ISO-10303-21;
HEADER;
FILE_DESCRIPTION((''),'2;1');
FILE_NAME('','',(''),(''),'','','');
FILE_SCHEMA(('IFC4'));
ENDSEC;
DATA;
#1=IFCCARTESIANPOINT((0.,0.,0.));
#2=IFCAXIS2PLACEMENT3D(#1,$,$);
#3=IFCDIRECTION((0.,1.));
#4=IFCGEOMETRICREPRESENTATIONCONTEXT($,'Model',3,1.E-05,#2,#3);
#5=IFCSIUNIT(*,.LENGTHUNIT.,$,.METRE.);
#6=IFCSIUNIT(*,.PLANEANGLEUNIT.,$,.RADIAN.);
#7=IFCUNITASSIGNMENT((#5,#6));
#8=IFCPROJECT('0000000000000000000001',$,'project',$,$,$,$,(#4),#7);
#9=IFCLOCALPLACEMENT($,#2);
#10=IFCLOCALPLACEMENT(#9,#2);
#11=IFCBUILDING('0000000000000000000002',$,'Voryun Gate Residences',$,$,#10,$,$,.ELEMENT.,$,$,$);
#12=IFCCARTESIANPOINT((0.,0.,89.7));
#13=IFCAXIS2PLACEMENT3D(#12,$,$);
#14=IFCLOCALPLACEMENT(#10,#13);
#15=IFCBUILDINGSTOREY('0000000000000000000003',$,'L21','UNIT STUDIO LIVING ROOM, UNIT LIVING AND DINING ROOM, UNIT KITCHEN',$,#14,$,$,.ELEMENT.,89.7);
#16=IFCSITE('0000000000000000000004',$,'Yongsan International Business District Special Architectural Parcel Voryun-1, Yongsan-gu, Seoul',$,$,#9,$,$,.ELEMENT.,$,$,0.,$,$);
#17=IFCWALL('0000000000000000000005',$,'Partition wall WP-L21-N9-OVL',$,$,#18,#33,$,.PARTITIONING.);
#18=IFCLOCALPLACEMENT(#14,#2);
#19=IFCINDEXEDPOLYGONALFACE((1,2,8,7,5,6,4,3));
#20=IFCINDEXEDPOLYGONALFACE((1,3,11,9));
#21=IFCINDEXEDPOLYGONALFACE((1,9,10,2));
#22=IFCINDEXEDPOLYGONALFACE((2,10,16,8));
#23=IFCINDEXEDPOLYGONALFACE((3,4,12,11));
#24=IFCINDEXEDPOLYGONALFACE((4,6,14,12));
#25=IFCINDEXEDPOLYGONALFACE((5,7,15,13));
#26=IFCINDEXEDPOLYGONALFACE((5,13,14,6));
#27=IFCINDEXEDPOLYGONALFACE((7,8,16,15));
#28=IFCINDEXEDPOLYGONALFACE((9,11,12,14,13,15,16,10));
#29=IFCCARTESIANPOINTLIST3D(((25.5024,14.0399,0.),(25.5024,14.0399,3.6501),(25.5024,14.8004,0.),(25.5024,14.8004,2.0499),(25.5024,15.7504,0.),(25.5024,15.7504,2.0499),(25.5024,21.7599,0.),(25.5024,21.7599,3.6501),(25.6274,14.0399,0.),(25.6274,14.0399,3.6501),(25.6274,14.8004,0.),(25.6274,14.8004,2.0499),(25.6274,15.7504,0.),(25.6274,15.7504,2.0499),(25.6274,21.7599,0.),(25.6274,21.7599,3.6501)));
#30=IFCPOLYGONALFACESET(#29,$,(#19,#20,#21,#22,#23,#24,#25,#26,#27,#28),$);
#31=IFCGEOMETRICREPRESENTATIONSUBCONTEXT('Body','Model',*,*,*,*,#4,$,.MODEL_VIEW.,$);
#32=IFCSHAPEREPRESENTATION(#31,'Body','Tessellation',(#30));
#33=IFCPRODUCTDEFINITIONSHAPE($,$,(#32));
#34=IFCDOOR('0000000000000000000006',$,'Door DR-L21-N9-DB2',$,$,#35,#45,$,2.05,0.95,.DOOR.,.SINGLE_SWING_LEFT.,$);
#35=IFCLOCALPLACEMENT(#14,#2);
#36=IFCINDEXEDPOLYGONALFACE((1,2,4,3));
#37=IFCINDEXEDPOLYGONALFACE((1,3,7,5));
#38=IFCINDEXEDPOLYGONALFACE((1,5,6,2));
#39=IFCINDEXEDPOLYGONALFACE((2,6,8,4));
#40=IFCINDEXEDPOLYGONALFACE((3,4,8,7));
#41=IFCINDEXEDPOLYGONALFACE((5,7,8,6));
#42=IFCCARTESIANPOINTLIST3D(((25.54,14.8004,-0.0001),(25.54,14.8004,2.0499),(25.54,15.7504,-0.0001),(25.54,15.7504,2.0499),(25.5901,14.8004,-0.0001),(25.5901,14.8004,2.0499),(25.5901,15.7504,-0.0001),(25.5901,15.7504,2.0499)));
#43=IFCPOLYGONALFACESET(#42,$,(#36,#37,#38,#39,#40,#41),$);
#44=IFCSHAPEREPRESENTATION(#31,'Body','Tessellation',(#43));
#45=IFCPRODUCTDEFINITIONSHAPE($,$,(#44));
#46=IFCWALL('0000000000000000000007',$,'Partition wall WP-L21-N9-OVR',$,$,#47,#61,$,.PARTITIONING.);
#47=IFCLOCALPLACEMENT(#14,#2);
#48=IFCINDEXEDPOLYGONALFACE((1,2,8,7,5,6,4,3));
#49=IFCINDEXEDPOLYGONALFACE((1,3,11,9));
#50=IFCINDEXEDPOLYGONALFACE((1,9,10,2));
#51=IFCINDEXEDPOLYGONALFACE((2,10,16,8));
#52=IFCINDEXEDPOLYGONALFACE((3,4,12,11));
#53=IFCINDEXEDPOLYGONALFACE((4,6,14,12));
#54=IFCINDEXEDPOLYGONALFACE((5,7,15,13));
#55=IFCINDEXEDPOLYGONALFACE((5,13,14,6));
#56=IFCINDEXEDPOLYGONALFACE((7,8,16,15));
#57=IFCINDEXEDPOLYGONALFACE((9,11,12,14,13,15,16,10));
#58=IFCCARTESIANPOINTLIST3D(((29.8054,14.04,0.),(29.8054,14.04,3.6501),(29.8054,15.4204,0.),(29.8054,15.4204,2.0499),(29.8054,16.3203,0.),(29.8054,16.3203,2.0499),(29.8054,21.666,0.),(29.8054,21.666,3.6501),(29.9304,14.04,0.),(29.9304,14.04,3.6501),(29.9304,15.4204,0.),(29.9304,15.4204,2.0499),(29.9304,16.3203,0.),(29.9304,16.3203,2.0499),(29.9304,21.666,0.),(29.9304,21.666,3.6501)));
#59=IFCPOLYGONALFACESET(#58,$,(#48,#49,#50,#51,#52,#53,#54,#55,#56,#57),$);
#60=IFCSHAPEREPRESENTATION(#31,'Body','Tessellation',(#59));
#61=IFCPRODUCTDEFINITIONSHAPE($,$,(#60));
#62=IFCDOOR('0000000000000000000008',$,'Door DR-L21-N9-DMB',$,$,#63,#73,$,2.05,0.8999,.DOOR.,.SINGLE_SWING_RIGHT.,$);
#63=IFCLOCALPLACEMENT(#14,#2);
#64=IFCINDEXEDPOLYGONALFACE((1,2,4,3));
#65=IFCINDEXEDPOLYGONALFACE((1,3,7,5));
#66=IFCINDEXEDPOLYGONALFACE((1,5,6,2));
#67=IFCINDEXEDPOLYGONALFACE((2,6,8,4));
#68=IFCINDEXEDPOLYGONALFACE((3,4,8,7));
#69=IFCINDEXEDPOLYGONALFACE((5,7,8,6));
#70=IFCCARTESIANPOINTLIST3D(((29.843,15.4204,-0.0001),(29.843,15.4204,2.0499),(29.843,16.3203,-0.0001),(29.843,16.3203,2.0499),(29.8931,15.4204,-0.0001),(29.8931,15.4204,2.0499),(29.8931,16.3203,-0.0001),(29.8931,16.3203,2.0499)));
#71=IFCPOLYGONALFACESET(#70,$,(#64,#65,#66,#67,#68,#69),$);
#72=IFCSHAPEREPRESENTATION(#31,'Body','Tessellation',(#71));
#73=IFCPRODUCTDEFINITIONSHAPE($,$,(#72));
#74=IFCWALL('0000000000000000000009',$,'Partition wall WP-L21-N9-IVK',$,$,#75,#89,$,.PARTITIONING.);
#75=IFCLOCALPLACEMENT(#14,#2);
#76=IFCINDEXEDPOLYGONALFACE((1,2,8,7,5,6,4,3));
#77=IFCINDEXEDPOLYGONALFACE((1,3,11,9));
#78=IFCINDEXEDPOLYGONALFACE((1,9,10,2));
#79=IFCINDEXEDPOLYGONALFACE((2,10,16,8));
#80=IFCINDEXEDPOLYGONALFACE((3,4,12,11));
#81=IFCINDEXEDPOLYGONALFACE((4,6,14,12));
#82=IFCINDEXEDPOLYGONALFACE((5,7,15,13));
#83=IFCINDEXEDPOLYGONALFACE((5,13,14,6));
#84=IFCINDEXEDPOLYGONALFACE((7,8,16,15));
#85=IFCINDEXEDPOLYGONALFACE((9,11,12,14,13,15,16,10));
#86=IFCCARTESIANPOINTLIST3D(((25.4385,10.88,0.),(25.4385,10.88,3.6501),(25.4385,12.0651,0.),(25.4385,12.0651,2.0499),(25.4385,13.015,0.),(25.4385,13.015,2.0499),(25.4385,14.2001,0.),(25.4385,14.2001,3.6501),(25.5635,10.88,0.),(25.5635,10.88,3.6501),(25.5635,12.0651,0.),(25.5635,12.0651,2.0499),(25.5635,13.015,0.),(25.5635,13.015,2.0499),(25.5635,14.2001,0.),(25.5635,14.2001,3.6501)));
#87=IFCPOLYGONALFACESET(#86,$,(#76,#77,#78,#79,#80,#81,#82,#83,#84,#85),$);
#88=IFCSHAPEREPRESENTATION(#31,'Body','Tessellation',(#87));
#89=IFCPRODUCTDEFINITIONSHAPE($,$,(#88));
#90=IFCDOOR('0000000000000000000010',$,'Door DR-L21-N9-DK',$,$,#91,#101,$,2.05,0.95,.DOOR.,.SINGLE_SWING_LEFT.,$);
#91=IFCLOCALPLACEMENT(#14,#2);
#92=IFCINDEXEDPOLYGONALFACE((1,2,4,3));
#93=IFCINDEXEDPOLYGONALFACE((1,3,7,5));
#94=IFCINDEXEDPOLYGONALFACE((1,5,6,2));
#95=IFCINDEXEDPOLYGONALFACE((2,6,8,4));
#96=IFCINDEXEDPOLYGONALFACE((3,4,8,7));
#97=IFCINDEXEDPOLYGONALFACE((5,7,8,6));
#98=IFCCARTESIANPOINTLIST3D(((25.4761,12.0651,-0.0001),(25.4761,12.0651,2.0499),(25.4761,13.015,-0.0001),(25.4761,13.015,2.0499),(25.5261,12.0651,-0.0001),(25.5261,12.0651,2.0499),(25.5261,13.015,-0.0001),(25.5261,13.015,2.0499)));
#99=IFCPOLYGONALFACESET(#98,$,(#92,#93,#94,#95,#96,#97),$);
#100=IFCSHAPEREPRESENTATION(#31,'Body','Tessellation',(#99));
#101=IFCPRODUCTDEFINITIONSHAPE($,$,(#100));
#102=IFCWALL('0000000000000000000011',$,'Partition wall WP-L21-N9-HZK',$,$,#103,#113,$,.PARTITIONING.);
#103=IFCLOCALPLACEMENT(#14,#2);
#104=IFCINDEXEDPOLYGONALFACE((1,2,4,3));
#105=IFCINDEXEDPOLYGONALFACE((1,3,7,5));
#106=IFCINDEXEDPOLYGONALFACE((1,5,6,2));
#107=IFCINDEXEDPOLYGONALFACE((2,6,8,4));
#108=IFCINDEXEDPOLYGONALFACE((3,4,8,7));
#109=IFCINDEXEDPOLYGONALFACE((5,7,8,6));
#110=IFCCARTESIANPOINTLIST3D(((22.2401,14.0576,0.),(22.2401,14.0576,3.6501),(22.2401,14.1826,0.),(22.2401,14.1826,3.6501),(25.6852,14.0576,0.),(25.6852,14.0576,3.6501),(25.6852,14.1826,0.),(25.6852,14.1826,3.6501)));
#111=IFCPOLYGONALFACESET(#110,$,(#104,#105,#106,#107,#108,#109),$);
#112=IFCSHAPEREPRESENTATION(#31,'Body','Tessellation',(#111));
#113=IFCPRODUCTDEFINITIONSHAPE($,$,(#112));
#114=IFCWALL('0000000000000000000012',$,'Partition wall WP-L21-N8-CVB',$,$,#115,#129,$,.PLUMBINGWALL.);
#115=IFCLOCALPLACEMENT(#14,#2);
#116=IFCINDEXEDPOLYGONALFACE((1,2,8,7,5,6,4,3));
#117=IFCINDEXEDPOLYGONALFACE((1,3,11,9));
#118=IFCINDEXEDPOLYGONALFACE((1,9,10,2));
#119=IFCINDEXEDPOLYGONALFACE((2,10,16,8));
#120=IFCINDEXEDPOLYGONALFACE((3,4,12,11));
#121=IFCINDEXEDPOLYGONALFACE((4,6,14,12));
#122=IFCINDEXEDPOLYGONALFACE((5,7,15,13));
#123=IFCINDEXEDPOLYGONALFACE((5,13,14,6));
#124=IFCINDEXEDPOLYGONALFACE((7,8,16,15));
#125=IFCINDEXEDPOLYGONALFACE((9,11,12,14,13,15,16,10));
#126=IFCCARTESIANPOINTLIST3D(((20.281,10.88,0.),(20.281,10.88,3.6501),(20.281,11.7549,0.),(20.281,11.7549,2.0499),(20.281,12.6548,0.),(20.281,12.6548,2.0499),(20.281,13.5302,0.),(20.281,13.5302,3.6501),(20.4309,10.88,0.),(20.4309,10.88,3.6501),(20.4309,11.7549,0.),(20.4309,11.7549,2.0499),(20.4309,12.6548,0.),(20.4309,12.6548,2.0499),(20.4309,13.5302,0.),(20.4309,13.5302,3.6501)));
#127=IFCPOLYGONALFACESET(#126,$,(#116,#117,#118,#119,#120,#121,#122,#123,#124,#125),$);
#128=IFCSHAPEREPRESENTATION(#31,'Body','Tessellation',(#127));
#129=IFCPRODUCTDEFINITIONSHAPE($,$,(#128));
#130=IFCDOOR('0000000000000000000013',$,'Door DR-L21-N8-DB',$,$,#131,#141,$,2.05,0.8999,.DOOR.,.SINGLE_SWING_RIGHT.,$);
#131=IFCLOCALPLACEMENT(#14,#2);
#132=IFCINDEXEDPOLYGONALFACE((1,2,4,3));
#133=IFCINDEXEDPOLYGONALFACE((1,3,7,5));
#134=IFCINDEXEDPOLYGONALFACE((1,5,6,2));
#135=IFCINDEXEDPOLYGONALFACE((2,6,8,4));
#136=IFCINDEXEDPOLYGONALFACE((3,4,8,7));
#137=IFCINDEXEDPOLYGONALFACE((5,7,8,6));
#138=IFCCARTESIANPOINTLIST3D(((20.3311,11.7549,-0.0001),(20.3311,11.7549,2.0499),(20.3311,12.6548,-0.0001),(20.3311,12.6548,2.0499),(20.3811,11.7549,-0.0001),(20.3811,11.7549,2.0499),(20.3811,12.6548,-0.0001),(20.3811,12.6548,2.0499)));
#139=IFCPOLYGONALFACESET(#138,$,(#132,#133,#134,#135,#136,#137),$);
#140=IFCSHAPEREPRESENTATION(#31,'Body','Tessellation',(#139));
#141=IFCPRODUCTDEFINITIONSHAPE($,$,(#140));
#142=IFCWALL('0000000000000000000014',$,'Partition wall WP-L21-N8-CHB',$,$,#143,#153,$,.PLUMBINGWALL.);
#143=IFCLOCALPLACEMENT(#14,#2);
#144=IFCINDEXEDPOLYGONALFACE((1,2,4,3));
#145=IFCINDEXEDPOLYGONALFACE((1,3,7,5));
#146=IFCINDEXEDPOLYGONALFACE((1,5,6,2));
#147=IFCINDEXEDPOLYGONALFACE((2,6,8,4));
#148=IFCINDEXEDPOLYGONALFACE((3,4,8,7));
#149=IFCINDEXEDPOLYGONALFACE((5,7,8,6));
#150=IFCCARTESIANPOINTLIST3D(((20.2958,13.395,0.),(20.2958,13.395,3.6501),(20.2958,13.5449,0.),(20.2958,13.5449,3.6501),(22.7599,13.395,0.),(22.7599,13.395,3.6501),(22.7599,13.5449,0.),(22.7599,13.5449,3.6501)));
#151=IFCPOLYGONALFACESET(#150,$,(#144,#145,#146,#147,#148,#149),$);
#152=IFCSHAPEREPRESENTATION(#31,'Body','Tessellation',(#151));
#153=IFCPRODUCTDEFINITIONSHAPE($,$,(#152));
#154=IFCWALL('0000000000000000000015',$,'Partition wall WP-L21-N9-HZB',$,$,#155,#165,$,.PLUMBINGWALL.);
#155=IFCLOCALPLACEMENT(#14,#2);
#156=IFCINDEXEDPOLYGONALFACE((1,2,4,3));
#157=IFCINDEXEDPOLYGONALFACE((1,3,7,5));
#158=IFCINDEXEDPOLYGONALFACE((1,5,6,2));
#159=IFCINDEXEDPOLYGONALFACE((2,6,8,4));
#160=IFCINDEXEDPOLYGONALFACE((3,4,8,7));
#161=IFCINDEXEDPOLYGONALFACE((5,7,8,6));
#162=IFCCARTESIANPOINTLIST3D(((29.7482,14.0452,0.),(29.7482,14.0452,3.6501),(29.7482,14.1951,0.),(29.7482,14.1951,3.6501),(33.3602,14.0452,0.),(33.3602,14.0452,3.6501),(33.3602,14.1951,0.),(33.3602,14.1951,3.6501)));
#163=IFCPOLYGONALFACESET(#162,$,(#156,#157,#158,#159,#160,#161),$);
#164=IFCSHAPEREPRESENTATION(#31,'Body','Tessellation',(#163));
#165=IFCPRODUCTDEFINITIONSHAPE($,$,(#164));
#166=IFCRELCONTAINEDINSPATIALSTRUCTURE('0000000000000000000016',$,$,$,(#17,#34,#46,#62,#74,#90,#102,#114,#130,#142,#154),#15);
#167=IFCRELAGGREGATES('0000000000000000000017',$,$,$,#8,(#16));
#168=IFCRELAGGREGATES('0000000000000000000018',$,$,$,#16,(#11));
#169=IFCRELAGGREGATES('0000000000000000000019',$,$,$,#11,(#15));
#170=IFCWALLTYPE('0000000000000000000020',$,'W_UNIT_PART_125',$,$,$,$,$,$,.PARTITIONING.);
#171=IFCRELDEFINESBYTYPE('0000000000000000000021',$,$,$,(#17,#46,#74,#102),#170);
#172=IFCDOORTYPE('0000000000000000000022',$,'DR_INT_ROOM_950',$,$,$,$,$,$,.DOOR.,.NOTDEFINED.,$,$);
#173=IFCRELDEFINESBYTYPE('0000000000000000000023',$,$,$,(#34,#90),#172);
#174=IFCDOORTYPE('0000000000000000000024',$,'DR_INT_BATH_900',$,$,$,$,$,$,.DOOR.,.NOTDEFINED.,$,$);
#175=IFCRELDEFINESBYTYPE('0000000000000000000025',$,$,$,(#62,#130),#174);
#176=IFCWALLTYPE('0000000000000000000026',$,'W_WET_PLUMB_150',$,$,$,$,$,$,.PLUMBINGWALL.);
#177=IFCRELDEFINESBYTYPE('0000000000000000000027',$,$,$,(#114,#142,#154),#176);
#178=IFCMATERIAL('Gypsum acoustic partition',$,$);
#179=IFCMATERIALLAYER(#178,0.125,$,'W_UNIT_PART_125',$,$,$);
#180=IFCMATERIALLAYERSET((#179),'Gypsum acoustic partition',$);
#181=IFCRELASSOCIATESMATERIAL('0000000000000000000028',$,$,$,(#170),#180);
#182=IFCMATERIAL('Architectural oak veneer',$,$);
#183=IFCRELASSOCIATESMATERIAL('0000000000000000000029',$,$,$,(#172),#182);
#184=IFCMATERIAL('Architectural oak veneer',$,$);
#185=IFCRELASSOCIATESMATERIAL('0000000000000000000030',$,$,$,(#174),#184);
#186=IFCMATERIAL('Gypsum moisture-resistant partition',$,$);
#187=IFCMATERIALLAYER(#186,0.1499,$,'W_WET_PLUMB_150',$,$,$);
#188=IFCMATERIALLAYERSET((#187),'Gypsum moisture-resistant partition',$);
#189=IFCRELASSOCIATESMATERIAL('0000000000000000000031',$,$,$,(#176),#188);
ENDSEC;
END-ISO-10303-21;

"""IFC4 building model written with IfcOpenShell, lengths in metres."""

from ifc_helpers import new_model, si_unit, direction, frame, frame_2d, origin, place, context, subcontext, project, spatial, rectangle, extrude, material, layer, layer_set, type_object, element, fill, save


model = new_model("IFC4")

# Units and contexts
model_context = context("Model", 3, precision=1e-05, world=origin(), true_north=direction((0.0, 1.0)))
body_context = subcontext(model_context, "Body", "Model", "MODEL_VIEW")
ifc_project = project(units=[si_unit("LENGTHUNIT", "METRE"), si_unit("PLANEANGLEUNIT", "RADIAN")], contexts=[model_context])

# Site, building, storey
site_placement = place(None, origin())
site = spatial("IfcSite", under=ifc_project, at=site_placement, Name="Yongsan International Business District Special Architectural Parcel Voryun-1, Yongsan-gu, Seoul", CompositionType="ELEMENT", RefElevation=0.0)
building_placement = place(site_placement, origin())
building = spatial("IfcBuilding", under=site, at=building_placement, Name="Voryun Gate Residences", CompositionType="ELEMENT")
storey_placement = place(building_placement, frame((0.0, 0.0, 89.7)))
storey = spatial("IfcBuildingStorey", under=building, at=storey_placement, Name="L21", Description="UNIT STUDIO LIVING ROOM, UNIT LIVING AND DINING ROOM, UNIT KITCHEN", CompositionType="ELEMENT", Elevation=89.7)

# Walls, openings, doors
ifc_material_1 = material(Name="Gypsum acoustic partition")
ifc_layer_1 = layer(ifc_material_1, 0.125, Name="W_UNIT_PART_125")
ifc_layer_set_1 = layer_set([ifc_layer_1], Name="Gypsum acoustic partition")
wall_type_1 = type_object("IfcWallType", Name="W_UNIT_PART_125", PredefinedType="PARTITIONING", material=ifc_layer_set_1)
wall_1_placement = place(storey_placement, frame((25.5649, 14.04, 0.0), z_axis=(0.0, 0.0, 1.0), x_axis=(0.0, 1.0, 0.0)))
wall_1 = element("IfcWall", 1, at=wall_1_placement, inside=storey, type_object=wall_type_1, Name="Partition wall WP-L21-N9-OVL", PredefinedType="PARTITIONING", context=body_context, shape_type="SweptSolid", body=[
    extrude(rectangle(XDim=7.72, YDim=0.125, at=frame_2d((3.8599, 0.0))), origin(), (0.0, 0.0, 1.0), 3.6501),
])
opening_1_placement = place(wall_1_placement, frame((0.7603, 0.0, 0.0)))
opening_1 = element("IfcOpeningElement", 2, at=opening_1_placement, cuts=wall_1, PredefinedType="OPENING", context=body_context, shape_type="SweptSolid", body=[
    extrude(rectangle(XDim=0.95, YDim=2.05, at=frame_2d((0.4751, 1.0249))), frame((0.0, 0.0725, 0.0), z_axis=(0.0, -1.0, 0.0), x_axis=(1.0, 0.0, 0.0)), (0.0, 0.0, 1.0), 0.145),
])
ifc_material_2 = material(Name="Architectural oak veneer")
door_type_1 = type_object("IfcDoorType", Name="DR_INT_ROOM_950", OperationType="NOTDEFINED", PredefinedType="DOOR", material=ifc_material_2)
door_1_placement = place(opening_1_placement, origin())
door_1 = element("IfcDoor", 3, at=door_1_placement, inside=storey, type_object=door_type_1, Name="Door DR-L21-N9-DB2", OperationType="SINGLE_SWING_LEFT", OverallHeight=2.05, OverallWidth=0.95, PredefinedType="DOOR", context=body_context, shape_type="SweptSolid", body=[
    extrude(rectangle(XDim=0.95, YDim=2.05, at=frame_2d((0.4751, 1.0249))), frame((0.0, 0.0249, 0.0), z_axis=(0.0, -1.0, 0.0), x_axis=(1.0, 0.0, 0.0)), (0.0, 0.0, 1.0), 0.05),
])
fill(opening_1, door_1)
wall_2_placement = place(storey_placement, frame((29.8679, 14.04, 0.0), z_axis=(0.0, 0.0, 1.0), x_axis=(0.0, 1.0, 0.0)))
wall_2 = element("IfcWall", 4, at=wall_2_placement, inside=storey, type_object=wall_type_1, Name="Partition wall WP-L21-N9-OVR", PredefinedType="PARTITIONING", context=body_context, shape_type="SweptSolid", body=[
    extrude(rectangle(XDim=7.626, YDim=0.125, at=frame_2d((3.813, 0.0))), origin(), (0.0, 0.0, 1.0), 3.6501),
])
opening_2_placement = place(wall_2_placement, frame((1.3804, 0.0, 0.0)))
opening_2 = element("IfcOpeningElement", 5, at=opening_2_placement, cuts=wall_2, PredefinedType="OPENING", context=body_context, shape_type="SweptSolid", body=[
    extrude(rectangle(XDim=0.8999, YDim=2.05, at=frame_2d((0.45, 1.0249))), frame((0.0, 0.0725, 0.0), z_axis=(0.0, -1.0, 0.0), x_axis=(1.0, 0.0, 0.0)), (0.0, 0.0, 1.0), 0.145),
])
ifc_material_3 = material(Name="Architectural oak veneer")
door_type_2 = type_object("IfcDoorType", Name="DR_INT_BATH_900", OperationType="NOTDEFINED", PredefinedType="DOOR", material=ifc_material_3)
door_2_placement = place(opening_2_placement, origin())
door_2 = element("IfcDoor", 6, at=door_2_placement, inside=storey, type_object=door_type_2, Name="Door DR-L21-N9-DMB", OperationType="SINGLE_SWING_RIGHT", OverallHeight=2.05, OverallWidth=0.8999, PredefinedType="DOOR", context=body_context, shape_type="SweptSolid", body=[
    extrude(rectangle(XDim=0.8999, YDim=2.05, at=frame_2d((0.45, 1.0249))), frame((0.0, 0.0249, 0.0), z_axis=(0.0, -1.0, 0.0), x_axis=(1.0, 0.0, 0.0)), (0.0, 0.0, 1.0), 0.05),
])
fill(opening_2, door_2)
wall_3_placement = place(storey_placement, frame((25.501, 10.8799, 0.0), z_axis=(0.0, 0.0, 1.0), x_axis=(0.0, 1.0, 0.0)))
wall_3 = element("IfcWall", 7, at=wall_3_placement, inside=storey, type_object=wall_type_1, Name="Partition wall WP-L21-N9-IVK", PredefinedType="PARTITIONING", context=body_context, shape_type="SweptSolid", body=[
    extrude(rectangle(XDim=3.3201, YDim=0.125, at=frame_2d((1.6602, 0.0))), origin(), (0.0, 0.0, 1.0), 3.6501),
])
opening_3_placement = place(wall_3_placement, frame((1.1851, 0.0, 0.0)))
opening_3 = element("IfcOpeningElement", 8, at=opening_3_placement, cuts=wall_3, PredefinedType="OPENING", context=body_context, shape_type="SweptSolid", body=[
    extrude(rectangle(XDim=0.95, YDim=2.05, at=frame_2d((0.4751, 1.0249))), frame((0.0, 0.0725, 0.0), z_axis=(0.0, -1.0, 0.0), x_axis=(1.0, 0.0, 0.0)), (0.0, 0.0, 1.0), 0.145),
])
door_3_placement = place(opening_3_placement, origin())
door_3 = element("IfcDoor", 9, at=door_3_placement, inside=storey, type_object=door_type_1, Name="Door DR-L21-N9-DK", OperationType="SINGLE_SWING_LEFT", OverallHeight=2.05, OverallWidth=0.95, PredefinedType="DOOR", context=body_context, shape_type="SweptSolid", body=[
    extrude(rectangle(XDim=0.95, YDim=2.05, at=frame_2d((0.4751, 1.0249))), frame((0.0, 0.0249, 0.0), z_axis=(0.0, -1.0, 0.0), x_axis=(1.0, 0.0, 0.0)), (0.0, 0.0, 1.0), 0.05),
])
fill(opening_3, door_3)

# Wall
wall_4_placement = place(storey_placement, frame((22.24, 14.1201, 0.0), z_axis=(0.0, 0.0, 1.0), x_axis=(1.0, 0.0, 0.0)))
element("IfcWall", 10, at=wall_4_placement, inside=storey, type_object=wall_type_1, Name="Partition wall WP-L21-N9-HZK", PredefinedType="PARTITIONING", context=body_context, shape_type="SweptSolid", body=[
    extrude(rectangle(XDim=3.4451, YDim=0.125, at=frame_2d((1.7227, 0.0))), origin(), (0.0, 0.0, 1.0), 3.6501),
])

# Wall, opening, door
ifc_material_4 = material(Name="Gypsum moisture-resistant partition")
ifc_layer_2 = layer(ifc_material_4, 0.1499, Name="W_WET_PLUMB_150")
ifc_layer_set_2 = layer_set([ifc_layer_2], Name="Gypsum moisture-resistant partition")
wall_type_2 = type_object("IfcWallType", Name="W_WET_PLUMB_150", PredefinedType="PLUMBINGWALL", material=ifc_layer_set_2)
wall_5_placement = place(storey_placement, frame((20.356, 10.8799, 0.0), z_axis=(0.0, 0.0, 1.0), x_axis=(0.0, 1.0, 0.0)))
wall_5 = element("IfcWall", 11, at=wall_5_placement, inside=storey, type_object=wall_type_2, Name="Partition wall WP-L21-N8-CVB", PredefinedType="PLUMBINGWALL", context=body_context, shape_type="SweptSolid", body=[
    extrude(rectangle(XDim=2.6501, YDim=0.1499, at=frame_2d((1.3252, 0.0))), origin(), (0.0, 0.0, 1.0), 3.6501),
])
opening_4_placement = place(wall_5_placement, frame((0.875, 0.0, 0.0)))
opening_4 = element("IfcOpeningElement", 12, at=opening_4_placement, cuts=wall_5, PredefinedType="OPENING", context=body_context, shape_type="SweptSolid", body=[
    extrude(rectangle(XDim=0.8999, YDim=2.05, at=frame_2d((0.45, 1.0249))), frame((0.0, 0.085, 0.0), z_axis=(0.0, -1.0, 0.0), x_axis=(1.0, 0.0, 0.0)), (0.0, 0.0, 1.0), 0.1699),
])
door_4_placement = place(opening_4_placement, origin())
door_4 = element("IfcDoor", 13, at=door_4_placement, inside=storey, type_object=door_type_2, Name="Door DR-L21-N8-DB", OperationType="SINGLE_SWING_RIGHT", OverallHeight=2.05, OverallWidth=0.8999, PredefinedType="DOOR", context=body_context, shape_type="SweptSolid", body=[
    extrude(rectangle(XDim=0.8999, YDim=2.05, at=frame_2d((0.45, 1.0249))), frame((0.0, 0.0249, 0.0), z_axis=(0.0, -1.0, 0.0), x_axis=(1.0, 0.0, 0.0)), (0.0, 0.0, 1.0), 0.05),
])
fill(opening_4, door_4)

# Walls
wall_6_placement = place(storey_placement, frame((20.2959, 13.47, 0.0), z_axis=(0.0, 0.0, 1.0), x_axis=(1.0, 0.0, 0.0)))
element("IfcWall", 14, at=wall_6_placement, inside=storey, type_object=wall_type_2, Name="Partition wall WP-L21-N8-CHB", PredefinedType="PLUMBINGWALL", context=body_context, shape_type="SweptSolid", body=[
    extrude(rectangle(XDim=2.4641, YDim=0.1499, at=frame_2d((1.2319, 0.0))), origin(), (0.0, 0.0, 1.0), 3.6501),
])
wall_7_placement = place(storey_placement, frame((29.748, 14.1201, 0.0), z_axis=(0.0, 0.0, 1.0), x_axis=(1.0, 0.0, 0.0)))
element("IfcWall", 15, at=wall_7_placement, inside=storey, type_object=wall_type_2, Name="Partition wall WP-L21-N9-HZB", PredefinedType="PLUMBINGWALL", context=body_context, shape_type="SweptSolid", body=[
    extrude(rectangle(XDim=3.6121, YDim=0.1499, at=frame_2d((1.8062, 0.0))), origin(), (0.0, 0.0, 1.0), 3.6501),
])

save(model, "model.ifc")
